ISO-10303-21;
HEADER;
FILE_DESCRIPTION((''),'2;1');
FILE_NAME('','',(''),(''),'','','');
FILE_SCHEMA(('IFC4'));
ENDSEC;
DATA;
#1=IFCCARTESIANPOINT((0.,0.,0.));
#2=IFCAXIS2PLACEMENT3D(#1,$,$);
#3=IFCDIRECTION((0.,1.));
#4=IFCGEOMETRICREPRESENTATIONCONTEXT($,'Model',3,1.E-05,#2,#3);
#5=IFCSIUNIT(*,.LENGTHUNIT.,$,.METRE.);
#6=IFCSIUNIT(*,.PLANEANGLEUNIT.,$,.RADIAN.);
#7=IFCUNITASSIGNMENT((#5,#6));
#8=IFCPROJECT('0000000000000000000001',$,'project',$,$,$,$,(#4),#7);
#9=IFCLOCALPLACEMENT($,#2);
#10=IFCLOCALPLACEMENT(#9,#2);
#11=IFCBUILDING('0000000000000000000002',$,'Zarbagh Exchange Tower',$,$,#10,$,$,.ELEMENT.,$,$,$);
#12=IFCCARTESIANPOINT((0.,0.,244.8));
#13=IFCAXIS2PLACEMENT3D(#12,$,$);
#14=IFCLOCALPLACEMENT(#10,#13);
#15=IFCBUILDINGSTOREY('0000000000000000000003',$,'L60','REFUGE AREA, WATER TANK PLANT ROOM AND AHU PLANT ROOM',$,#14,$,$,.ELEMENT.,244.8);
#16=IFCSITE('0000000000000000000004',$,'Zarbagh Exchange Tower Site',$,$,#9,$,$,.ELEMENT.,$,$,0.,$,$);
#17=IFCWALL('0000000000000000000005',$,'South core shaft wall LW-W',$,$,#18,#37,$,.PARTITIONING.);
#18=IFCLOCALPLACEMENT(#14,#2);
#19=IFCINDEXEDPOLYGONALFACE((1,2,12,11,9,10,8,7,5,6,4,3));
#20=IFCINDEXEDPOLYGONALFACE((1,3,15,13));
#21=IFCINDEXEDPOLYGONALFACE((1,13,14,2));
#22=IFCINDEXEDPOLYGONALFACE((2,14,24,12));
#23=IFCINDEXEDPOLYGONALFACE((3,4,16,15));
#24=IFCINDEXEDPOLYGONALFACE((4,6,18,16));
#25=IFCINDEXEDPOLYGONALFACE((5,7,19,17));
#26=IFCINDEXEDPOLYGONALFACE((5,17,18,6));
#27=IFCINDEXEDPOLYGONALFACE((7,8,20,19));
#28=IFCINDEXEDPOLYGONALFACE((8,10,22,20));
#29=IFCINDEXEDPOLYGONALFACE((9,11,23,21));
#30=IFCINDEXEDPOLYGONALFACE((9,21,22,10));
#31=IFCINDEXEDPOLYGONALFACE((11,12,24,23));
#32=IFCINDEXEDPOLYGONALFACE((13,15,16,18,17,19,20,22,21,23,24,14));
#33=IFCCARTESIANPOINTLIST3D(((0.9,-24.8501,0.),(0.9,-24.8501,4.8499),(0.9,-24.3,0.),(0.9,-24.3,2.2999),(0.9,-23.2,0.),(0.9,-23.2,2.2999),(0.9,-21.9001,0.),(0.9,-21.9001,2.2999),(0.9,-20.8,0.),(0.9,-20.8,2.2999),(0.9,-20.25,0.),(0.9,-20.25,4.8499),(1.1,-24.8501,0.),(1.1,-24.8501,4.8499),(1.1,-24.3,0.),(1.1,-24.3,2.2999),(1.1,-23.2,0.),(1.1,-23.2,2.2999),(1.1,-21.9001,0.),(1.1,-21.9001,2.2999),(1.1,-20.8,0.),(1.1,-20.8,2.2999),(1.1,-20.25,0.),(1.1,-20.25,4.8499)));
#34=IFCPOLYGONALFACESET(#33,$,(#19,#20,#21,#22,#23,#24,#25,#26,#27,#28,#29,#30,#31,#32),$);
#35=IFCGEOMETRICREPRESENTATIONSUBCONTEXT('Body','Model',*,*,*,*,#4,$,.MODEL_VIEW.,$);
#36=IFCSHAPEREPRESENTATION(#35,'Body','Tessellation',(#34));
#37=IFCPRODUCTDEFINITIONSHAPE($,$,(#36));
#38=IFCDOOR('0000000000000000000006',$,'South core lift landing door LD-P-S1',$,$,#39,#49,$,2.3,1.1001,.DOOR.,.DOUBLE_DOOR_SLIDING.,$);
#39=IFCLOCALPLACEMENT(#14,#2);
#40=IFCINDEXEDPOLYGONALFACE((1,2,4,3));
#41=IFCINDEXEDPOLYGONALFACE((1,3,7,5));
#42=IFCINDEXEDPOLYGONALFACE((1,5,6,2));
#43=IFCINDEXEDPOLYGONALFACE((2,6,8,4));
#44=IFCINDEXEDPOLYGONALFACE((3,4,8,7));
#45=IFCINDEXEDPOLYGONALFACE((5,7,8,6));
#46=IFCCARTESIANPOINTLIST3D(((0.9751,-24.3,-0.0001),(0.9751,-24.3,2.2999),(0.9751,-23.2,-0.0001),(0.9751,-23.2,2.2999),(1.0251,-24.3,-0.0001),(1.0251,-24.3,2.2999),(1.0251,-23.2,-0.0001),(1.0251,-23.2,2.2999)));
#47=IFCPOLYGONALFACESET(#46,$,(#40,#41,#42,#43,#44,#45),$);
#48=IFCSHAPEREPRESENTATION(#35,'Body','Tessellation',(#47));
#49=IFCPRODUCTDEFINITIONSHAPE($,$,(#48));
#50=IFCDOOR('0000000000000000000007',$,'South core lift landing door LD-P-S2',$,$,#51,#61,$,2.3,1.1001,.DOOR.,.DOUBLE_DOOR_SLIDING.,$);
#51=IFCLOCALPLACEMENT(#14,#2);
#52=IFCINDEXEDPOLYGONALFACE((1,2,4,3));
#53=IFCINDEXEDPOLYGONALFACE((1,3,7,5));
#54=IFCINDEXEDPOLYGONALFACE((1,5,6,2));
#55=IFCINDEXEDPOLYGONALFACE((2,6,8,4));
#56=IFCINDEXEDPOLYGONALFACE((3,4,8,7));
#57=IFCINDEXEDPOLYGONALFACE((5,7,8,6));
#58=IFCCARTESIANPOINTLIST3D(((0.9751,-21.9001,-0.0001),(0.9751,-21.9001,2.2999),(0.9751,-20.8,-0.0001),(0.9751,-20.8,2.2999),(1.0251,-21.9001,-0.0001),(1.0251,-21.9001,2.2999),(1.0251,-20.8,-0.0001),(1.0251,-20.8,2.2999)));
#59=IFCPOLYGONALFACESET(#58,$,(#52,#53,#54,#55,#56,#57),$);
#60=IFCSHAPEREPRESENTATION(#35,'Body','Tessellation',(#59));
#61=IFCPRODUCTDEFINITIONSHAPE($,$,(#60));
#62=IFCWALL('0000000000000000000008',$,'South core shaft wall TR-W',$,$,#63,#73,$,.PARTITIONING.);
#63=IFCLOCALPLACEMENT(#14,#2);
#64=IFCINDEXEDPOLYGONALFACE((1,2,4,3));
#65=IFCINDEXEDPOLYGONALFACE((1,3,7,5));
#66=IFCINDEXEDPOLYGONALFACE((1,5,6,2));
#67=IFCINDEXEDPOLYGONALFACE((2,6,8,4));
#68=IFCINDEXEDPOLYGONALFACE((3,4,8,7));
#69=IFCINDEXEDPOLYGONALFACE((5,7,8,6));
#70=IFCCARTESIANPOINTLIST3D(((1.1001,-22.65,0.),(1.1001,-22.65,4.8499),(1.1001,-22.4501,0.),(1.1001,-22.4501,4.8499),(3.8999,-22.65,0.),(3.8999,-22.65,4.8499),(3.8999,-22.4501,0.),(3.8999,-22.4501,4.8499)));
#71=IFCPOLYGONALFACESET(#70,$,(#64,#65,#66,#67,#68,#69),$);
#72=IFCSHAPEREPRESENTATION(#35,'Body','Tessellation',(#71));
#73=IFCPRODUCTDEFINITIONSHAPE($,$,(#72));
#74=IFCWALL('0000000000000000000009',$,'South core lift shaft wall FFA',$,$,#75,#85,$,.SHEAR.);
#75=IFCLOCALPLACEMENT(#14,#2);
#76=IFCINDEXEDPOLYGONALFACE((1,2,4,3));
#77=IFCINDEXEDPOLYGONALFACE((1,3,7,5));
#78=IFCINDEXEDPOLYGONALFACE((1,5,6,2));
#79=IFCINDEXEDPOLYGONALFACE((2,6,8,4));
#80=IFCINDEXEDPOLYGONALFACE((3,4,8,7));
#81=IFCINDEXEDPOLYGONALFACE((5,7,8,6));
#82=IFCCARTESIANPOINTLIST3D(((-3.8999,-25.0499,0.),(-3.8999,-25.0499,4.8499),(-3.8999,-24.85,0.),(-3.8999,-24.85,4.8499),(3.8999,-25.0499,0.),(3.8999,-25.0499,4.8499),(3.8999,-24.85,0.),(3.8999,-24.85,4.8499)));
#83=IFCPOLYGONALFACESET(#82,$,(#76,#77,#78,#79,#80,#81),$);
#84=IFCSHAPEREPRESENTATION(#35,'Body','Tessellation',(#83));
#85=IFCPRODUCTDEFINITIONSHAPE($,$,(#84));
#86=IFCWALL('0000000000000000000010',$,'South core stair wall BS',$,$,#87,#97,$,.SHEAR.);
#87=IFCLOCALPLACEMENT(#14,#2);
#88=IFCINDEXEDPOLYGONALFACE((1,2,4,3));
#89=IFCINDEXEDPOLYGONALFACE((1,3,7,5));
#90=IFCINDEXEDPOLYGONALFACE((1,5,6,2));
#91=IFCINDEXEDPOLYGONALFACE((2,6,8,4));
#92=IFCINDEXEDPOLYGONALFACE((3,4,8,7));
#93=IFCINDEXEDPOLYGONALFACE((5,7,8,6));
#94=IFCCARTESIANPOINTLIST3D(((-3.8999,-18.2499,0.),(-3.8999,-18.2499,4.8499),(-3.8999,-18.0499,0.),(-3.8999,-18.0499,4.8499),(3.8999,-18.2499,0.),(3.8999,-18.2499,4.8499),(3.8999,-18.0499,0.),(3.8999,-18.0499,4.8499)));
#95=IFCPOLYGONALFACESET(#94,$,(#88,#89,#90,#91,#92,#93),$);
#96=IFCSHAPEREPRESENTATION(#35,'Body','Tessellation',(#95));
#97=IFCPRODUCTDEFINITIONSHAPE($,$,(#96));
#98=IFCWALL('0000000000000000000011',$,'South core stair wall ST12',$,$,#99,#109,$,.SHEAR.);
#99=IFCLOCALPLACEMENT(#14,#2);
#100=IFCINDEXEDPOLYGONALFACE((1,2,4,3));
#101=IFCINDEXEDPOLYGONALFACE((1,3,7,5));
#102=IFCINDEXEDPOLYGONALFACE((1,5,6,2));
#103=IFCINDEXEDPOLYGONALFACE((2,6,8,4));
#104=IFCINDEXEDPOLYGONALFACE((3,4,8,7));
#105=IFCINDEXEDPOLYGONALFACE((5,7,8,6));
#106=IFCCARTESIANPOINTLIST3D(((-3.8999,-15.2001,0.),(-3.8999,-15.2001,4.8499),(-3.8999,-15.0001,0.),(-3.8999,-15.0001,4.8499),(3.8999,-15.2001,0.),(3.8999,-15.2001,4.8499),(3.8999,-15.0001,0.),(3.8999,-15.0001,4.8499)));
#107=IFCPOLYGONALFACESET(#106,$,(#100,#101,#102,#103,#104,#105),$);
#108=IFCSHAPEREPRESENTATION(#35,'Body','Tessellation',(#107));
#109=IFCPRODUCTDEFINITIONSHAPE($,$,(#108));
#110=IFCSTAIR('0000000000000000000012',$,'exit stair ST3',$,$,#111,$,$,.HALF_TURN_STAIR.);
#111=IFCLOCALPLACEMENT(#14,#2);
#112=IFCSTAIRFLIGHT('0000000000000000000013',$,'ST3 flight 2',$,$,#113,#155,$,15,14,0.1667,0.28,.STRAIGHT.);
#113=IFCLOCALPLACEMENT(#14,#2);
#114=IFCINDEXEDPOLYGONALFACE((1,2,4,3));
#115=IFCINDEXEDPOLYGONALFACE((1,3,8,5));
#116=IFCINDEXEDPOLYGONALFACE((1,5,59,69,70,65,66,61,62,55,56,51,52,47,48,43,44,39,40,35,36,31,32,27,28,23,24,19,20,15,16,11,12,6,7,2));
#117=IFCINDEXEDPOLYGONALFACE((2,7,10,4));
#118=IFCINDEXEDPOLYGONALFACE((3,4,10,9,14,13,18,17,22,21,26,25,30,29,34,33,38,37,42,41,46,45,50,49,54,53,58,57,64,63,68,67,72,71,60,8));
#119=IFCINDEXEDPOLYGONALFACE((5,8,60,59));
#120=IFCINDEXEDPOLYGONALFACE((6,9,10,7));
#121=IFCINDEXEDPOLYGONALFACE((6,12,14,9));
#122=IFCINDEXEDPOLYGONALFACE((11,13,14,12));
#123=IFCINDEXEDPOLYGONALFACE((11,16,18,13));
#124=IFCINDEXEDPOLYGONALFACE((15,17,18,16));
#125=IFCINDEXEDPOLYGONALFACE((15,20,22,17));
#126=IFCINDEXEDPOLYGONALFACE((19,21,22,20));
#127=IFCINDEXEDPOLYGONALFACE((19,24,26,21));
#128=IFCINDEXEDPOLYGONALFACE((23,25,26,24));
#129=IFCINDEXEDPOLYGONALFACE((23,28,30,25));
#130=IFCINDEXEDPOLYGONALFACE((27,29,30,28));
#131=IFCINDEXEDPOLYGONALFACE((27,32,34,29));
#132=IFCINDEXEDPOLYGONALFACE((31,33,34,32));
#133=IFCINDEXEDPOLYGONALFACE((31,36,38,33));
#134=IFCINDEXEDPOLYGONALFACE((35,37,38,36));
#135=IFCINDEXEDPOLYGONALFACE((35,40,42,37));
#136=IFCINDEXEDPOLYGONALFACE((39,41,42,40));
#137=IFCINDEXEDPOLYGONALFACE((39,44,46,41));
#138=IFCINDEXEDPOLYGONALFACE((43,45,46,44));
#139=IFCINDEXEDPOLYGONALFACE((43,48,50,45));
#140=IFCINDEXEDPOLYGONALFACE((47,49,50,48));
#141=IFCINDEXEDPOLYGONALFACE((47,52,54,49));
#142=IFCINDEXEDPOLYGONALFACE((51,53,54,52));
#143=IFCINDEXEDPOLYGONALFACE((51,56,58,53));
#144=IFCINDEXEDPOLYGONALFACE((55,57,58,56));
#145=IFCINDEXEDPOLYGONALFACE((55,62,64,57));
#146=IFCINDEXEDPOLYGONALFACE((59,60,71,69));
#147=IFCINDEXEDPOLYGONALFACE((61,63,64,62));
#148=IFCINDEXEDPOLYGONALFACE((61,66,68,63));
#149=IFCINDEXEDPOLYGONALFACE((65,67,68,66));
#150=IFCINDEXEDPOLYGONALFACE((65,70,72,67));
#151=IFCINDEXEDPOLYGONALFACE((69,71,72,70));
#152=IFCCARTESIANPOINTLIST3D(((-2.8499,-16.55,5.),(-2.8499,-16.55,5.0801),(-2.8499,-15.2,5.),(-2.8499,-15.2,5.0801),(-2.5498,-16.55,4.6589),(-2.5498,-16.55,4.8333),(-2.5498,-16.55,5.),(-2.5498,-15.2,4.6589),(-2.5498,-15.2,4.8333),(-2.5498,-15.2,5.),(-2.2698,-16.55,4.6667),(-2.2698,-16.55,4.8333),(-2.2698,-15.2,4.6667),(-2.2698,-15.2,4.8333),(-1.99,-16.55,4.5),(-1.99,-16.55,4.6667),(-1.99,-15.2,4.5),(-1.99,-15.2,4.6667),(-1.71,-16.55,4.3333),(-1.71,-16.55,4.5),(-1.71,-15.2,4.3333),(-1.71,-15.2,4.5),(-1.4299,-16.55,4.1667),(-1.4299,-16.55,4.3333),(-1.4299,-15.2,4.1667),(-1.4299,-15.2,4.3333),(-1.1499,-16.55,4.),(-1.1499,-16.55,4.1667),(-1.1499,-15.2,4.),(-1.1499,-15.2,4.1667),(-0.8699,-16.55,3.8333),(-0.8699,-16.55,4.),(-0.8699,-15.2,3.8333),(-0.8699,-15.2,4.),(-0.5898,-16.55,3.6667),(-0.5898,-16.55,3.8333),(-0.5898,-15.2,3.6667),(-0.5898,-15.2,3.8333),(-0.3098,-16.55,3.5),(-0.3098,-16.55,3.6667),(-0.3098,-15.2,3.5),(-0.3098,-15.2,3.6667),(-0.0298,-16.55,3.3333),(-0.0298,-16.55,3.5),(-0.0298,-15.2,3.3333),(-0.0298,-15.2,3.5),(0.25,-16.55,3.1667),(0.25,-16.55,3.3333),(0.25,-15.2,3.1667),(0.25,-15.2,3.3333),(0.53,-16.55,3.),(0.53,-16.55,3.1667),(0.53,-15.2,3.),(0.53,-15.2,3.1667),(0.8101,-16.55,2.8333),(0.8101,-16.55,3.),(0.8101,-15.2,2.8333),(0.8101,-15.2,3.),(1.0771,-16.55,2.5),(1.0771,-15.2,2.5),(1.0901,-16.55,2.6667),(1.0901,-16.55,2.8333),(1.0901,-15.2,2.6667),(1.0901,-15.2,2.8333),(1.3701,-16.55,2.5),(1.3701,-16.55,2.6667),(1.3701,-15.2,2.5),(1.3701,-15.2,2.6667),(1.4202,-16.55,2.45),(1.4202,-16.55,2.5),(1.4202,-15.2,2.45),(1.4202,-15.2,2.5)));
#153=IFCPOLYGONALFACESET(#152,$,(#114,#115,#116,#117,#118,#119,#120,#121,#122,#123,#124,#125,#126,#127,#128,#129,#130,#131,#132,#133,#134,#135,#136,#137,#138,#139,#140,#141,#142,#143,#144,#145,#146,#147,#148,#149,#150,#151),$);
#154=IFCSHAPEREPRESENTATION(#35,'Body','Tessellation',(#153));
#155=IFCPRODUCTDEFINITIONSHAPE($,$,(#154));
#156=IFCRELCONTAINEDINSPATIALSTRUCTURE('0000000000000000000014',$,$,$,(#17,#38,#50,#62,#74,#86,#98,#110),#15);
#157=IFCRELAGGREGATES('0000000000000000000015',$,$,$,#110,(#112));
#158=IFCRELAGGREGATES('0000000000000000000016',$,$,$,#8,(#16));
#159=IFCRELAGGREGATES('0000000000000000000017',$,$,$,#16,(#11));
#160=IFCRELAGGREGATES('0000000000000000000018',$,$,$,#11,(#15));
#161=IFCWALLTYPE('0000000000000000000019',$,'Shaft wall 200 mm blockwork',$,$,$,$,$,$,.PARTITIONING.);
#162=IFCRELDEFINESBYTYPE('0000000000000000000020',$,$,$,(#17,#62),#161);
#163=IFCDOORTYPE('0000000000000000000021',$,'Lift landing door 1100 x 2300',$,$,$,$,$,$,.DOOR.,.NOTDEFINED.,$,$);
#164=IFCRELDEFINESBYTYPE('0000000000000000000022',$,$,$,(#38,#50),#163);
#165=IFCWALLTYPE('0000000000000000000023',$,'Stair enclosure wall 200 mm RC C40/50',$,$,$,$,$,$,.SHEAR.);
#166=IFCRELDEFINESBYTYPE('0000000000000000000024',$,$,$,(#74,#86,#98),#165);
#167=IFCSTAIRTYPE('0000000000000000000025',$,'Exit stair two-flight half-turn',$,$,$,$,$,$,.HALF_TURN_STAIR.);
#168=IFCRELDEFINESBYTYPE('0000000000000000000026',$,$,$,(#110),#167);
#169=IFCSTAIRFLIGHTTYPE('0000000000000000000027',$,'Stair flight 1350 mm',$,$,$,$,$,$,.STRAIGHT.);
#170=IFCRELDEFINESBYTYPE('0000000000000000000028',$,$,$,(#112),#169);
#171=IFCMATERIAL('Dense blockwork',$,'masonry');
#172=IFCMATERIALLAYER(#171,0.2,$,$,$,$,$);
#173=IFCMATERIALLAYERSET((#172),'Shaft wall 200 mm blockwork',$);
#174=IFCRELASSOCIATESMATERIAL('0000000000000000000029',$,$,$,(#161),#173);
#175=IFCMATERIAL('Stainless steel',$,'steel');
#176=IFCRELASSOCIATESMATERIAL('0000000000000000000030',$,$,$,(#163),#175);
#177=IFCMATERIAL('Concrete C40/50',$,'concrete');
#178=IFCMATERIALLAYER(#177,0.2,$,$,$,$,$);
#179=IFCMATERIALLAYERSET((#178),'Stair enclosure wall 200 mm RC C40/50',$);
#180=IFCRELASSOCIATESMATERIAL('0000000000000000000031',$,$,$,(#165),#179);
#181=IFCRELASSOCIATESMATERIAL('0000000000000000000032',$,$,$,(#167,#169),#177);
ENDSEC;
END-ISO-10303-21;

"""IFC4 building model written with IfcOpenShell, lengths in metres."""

from ifc_helpers import new_model, si_unit, direction, frame, frame_2d, origin, place, context, subcontext, project, spatial, polyline, rectangle, outline, extrude, material, layer, layer_set, type_object, element, fill, aggregate, save


model = new_model("IFC4")

# Units and contexts
model_context = context("Model", 3, precision=1e-05, world=origin(), true_north=direction((0.0, 1.0)))
body_context = subcontext(model_context, "Body", "Model", "MODEL_VIEW")
ifc_project = project(units=[si_unit("LENGTHUNIT", "METRE"), si_unit("PLANEANGLEUNIT", "RADIAN")], contexts=[model_context])

# Site, building, storey
site_placement = place(None, origin())
site = spatial("IfcSite", under=ifc_project, at=site_placement, Name="Zarbagh Exchange Tower Site", CompositionType="ELEMENT", RefElevation=0.0)
building_placement = place(site_placement, origin())
building = spatial("IfcBuilding", under=site, at=building_placement, Name="Zarbagh Exchange Tower", CompositionType="ELEMENT")
storey_placement = place(building_placement, frame((0.0, 0.0, 244.8)))
storey = spatial("IfcBuildingStorey", under=building, at=storey_placement, Name="L60", Description="REFUGE AREA, WATER TANK PLANT ROOM AND AHU PLANT ROOM", CompositionType="ELEMENT", Elevation=244.8)

# Shared definitions
ifc_material_1 = material(Name="Dense blockwork", Category="masonry")
ifc_layer_1 = layer(ifc_material_1, 0.2)
ifc_layer_set_1 = layer_set([ifc_layer_1], Name="Shaft wall 200 mm blockwork")
wall_type_1 = type_object("IfcWallType", Name="Shaft wall 200 mm blockwork", PredefinedType="PARTITIONING", material=ifc_layer_set_1)

# Wall, openings, doors
wall_1_placement = place(storey_placement, frame((1.0, -24.8501, 0.0), z_axis=(0.0, 0.0, 1.0), x_axis=(0.0, 1.0, 0.0)))
wall_1 = element("IfcWall", 1, at=wall_1_placement, inside=storey, type_object=wall_type_1, Name="South core shaft wall LW-W", PredefinedType="PARTITIONING", context=body_context, shape_type="SweptSolid", body=[
    extrude(rectangle(XDim=4.6001, YDim=0.2, at=frame_2d((2.3, 0.0))), origin(), (0.0, 0.0, 1.0), 4.8499),
])
opening_1_placement = place(wall_1_placement, frame((0.55, 0.0, 0.0)))
opening_1 = element("IfcOpeningElement", 2, at=opening_1_placement, cuts=wall_1, PredefinedType="OPENING", context=body_context, shape_type="SweptSolid", body=[
    extrude(rectangle(XDim=1.1001, YDim=2.3, at=frame_2d((0.55, 1.1499))), frame((0.0, 0.1099, 0.0), z_axis=(0.0, -1.0, 0.0), x_axis=(1.0, 0.0, 0.0)), (0.0, 0.0, 1.0), 0.22),
])
opening_2_placement = place(wall_1_placement, frame((2.95, 0.0, 0.0)))
opening_2 = element("IfcOpeningElement", 3, at=opening_2_placement, cuts=wall_1, PredefinedType="OPENING", context=body_context, shape_type="SweptSolid", body=[
    extrude(rectangle(XDim=1.1001, YDim=2.3, at=frame_2d((0.55, 1.1499))), frame((0.0, 0.1099, 0.0), z_axis=(0.0, -1.0, 0.0), x_axis=(1.0, 0.0, 0.0)), (0.0, 0.0, 1.0), 0.22),
])
ifc_material_2 = material(Name="Stainless steel", Category="steel")
door_type_1 = type_object("IfcDoorType", Name="Lift landing door 1100 x 2300", OperationType="NOTDEFINED", PredefinedType="DOOR", material=ifc_material_2)
door_1_placement = place(opening_1_placement, origin())
door_1 = element("IfcDoor", 4, at=door_1_placement, inside=storey, type_object=door_type_1, Name="South core lift landing door LD-P-S1", OperationType="DOUBLE_DOOR_SLIDING", OverallHeight=2.3, OverallWidth=1.1001, PredefinedType="DOOR", context=body_context, shape_type="SweptSolid", body=[
    extrude(rectangle(XDim=1.1001, YDim=2.3, at=frame_2d((0.55, 1.1499))), frame((0.0, 0.0249, 0.0), z_axis=(0.0, -1.0, 0.0), x_axis=(1.0, 0.0, 0.0)), (0.0, 0.0, 1.0), 0.05),
])
fill(opening_1, door_1)
door_2_placement = place(opening_2_placement, origin())
door_2 = element("IfcDoor", 5, at=door_2_placement, inside=storey, type_object=door_type_1, Name="South core lift landing door LD-P-S2", OperationType="DOUBLE_DOOR_SLIDING", OverallHeight=2.3, OverallWidth=1.1001, PredefinedType="DOOR", context=body_context, shape_type="SweptSolid", body=[
    extrude(rectangle(XDim=1.1001, YDim=2.3, at=frame_2d((0.55, 1.1499))), frame((0.0, 0.0249, 0.0), z_axis=(0.0, -1.0, 0.0), x_axis=(1.0, 0.0, 0.0)), (0.0, 0.0, 1.0), 0.05),
])
fill(opening_2, door_2)

# Walls
wall_2_placement = place(storey_placement, frame((3.8999, -22.55, 0.0), z_axis=(0.0, 0.0, 1.0), x_axis=(-1.0, 0.0, 0.0)))
element("IfcWall", 6, at=wall_2_placement, inside=storey, type_object=wall_type_1, Name="South core shaft wall TR-W", PredefinedType="PARTITIONING", context=body_context, shape_type="SweptSolid", body=[
    extrude(rectangle(XDim=2.7998, YDim=0.2, at=frame_2d((1.3999, 0.0))), origin(), (0.0, 0.0, 1.0), 4.8499),
])
ifc_material_3 = material(Name="Concrete C40/50", Category="concrete")
ifc_layer_2 = layer(ifc_material_3, 0.2)
ifc_layer_set_2 = layer_set([ifc_layer_2], Name="Stair enclosure wall 200 mm RC C40/50")
wall_type_2 = type_object("IfcWallType", Name="Stair enclosure wall 200 mm RC C40/50", PredefinedType="SHEAR", material=ifc_layer_set_2)
for number, where, z_axis, x_axis, name in (
    (7, (3.8999, -24.95, 0.0), (0.0, 0.0, 1.0), (-1.0, 0.0, 0.0), "South core lift shaft wall FFA"),
    (8, (3.8999, -18.1499, 0.0), (0.0, 0.0, 1.0), (-1.0, 0.0, 0.0), "South core stair wall BS"),
    (9, (3.8999, -15.1001, 0.0), (0.0, 0.0, 1.0), (-1.0, 0.0, 0.0), "South core stair wall ST12"),
):
    element("IfcWall", number, at=place(storey_placement, frame(where, z_axis=z_axis, x_axis=x_axis)), inside=storey, type_object=wall_type_2, Name=name, PredefinedType="SHEAR", context=body_context, shape_type="SweptSolid", body=[
        extrude(rectangle(XDim=7.7998, YDim=0.2, at=frame_2d((3.8999, 0.0))), origin(), (0.0, 0.0, 1.0), 4.8499),
    ])

# Stair, stair flight
stair_type = type_object("IfcStairType", Name="Exit stair two-flight half-turn", PredefinedType="HALF_TURN_STAIR", material=ifc_material_3)
stair_1_placement = place(storey_placement, origin())
stair_1 = element("IfcStair", 10, at=stair_1_placement, inside=storey, type_object=stair_type, Name="exit stair ST3", PredefinedType="HALF_TURN_STAIR")
stair_flight_type_1 = type_object("IfcStairFlightType", Name="Stair flight 1350 mm", PredefinedType="STRAIGHT", material=ifc_material_3)
stair_flight_1_placement = place(storey_placement, frame((1.3701, -15.875, 2.5), z_axis=(0.0, 0.0, 1.0), x_axis=(-1.0, 0.0, 0.0)))
stair_flight_1 = element("IfcStairFlight", 11, at=stair_flight_1_placement, type_object=stair_flight_type_1, Name="ST3 flight 2", NumberOfRisers=15, NumberOfTreads=14, PredefinedType="STRAIGHT", RiserHeight=0.1667, TreadLength=0.28, context=body_context, shape_type="SweptSolid", body=[
    extrude(outline(polyline([(-0.05, -0.05), (-0.05, 0.0), (0.0, 0.0), (0.0, 0.1667), (0.28, 0.1667), (0.28, 0.3333), (0.5601, 0.3333), (0.5601, 0.5), (0.8401, 0.5), (0.8401, 0.6667), (1.1201, 0.6667), (1.1201, 0.8333), (1.3999, 0.8333), (1.3999, 1.0), (1.6799, 1.0), (1.6799, 1.1667), (1.96, 1.1667), (1.96, 1.3333), (2.24, 1.3333), (2.24, 1.5), (2.52, 1.5), (2.52, 1.6667), (2.8, 1.6667), (2.8, 1.8333), (3.0801, 1.8333), (3.0801, 2.0), (3.3601, 2.0), (3.3601, 2.1667), (3.6399, 2.1667), (3.6399, 2.3333), (3.9199, 2.3333), (3.9199, 2.5), (4.22, 2.5801), (4.22, 2.5), (3.9199, 2.1589), (0.293, 0.0), (-0.05, -0.05)])), frame((0.0, 0.675, 0.0), z_axis=(0.0, -1.0, 0.0), x_axis=(1.0, 0.0, 0.0)), (0.0, 0.0, 1.0), 1.3501),
])
aggregate(stair_1, [stair_flight_1])

save(model, "model.ifc")
